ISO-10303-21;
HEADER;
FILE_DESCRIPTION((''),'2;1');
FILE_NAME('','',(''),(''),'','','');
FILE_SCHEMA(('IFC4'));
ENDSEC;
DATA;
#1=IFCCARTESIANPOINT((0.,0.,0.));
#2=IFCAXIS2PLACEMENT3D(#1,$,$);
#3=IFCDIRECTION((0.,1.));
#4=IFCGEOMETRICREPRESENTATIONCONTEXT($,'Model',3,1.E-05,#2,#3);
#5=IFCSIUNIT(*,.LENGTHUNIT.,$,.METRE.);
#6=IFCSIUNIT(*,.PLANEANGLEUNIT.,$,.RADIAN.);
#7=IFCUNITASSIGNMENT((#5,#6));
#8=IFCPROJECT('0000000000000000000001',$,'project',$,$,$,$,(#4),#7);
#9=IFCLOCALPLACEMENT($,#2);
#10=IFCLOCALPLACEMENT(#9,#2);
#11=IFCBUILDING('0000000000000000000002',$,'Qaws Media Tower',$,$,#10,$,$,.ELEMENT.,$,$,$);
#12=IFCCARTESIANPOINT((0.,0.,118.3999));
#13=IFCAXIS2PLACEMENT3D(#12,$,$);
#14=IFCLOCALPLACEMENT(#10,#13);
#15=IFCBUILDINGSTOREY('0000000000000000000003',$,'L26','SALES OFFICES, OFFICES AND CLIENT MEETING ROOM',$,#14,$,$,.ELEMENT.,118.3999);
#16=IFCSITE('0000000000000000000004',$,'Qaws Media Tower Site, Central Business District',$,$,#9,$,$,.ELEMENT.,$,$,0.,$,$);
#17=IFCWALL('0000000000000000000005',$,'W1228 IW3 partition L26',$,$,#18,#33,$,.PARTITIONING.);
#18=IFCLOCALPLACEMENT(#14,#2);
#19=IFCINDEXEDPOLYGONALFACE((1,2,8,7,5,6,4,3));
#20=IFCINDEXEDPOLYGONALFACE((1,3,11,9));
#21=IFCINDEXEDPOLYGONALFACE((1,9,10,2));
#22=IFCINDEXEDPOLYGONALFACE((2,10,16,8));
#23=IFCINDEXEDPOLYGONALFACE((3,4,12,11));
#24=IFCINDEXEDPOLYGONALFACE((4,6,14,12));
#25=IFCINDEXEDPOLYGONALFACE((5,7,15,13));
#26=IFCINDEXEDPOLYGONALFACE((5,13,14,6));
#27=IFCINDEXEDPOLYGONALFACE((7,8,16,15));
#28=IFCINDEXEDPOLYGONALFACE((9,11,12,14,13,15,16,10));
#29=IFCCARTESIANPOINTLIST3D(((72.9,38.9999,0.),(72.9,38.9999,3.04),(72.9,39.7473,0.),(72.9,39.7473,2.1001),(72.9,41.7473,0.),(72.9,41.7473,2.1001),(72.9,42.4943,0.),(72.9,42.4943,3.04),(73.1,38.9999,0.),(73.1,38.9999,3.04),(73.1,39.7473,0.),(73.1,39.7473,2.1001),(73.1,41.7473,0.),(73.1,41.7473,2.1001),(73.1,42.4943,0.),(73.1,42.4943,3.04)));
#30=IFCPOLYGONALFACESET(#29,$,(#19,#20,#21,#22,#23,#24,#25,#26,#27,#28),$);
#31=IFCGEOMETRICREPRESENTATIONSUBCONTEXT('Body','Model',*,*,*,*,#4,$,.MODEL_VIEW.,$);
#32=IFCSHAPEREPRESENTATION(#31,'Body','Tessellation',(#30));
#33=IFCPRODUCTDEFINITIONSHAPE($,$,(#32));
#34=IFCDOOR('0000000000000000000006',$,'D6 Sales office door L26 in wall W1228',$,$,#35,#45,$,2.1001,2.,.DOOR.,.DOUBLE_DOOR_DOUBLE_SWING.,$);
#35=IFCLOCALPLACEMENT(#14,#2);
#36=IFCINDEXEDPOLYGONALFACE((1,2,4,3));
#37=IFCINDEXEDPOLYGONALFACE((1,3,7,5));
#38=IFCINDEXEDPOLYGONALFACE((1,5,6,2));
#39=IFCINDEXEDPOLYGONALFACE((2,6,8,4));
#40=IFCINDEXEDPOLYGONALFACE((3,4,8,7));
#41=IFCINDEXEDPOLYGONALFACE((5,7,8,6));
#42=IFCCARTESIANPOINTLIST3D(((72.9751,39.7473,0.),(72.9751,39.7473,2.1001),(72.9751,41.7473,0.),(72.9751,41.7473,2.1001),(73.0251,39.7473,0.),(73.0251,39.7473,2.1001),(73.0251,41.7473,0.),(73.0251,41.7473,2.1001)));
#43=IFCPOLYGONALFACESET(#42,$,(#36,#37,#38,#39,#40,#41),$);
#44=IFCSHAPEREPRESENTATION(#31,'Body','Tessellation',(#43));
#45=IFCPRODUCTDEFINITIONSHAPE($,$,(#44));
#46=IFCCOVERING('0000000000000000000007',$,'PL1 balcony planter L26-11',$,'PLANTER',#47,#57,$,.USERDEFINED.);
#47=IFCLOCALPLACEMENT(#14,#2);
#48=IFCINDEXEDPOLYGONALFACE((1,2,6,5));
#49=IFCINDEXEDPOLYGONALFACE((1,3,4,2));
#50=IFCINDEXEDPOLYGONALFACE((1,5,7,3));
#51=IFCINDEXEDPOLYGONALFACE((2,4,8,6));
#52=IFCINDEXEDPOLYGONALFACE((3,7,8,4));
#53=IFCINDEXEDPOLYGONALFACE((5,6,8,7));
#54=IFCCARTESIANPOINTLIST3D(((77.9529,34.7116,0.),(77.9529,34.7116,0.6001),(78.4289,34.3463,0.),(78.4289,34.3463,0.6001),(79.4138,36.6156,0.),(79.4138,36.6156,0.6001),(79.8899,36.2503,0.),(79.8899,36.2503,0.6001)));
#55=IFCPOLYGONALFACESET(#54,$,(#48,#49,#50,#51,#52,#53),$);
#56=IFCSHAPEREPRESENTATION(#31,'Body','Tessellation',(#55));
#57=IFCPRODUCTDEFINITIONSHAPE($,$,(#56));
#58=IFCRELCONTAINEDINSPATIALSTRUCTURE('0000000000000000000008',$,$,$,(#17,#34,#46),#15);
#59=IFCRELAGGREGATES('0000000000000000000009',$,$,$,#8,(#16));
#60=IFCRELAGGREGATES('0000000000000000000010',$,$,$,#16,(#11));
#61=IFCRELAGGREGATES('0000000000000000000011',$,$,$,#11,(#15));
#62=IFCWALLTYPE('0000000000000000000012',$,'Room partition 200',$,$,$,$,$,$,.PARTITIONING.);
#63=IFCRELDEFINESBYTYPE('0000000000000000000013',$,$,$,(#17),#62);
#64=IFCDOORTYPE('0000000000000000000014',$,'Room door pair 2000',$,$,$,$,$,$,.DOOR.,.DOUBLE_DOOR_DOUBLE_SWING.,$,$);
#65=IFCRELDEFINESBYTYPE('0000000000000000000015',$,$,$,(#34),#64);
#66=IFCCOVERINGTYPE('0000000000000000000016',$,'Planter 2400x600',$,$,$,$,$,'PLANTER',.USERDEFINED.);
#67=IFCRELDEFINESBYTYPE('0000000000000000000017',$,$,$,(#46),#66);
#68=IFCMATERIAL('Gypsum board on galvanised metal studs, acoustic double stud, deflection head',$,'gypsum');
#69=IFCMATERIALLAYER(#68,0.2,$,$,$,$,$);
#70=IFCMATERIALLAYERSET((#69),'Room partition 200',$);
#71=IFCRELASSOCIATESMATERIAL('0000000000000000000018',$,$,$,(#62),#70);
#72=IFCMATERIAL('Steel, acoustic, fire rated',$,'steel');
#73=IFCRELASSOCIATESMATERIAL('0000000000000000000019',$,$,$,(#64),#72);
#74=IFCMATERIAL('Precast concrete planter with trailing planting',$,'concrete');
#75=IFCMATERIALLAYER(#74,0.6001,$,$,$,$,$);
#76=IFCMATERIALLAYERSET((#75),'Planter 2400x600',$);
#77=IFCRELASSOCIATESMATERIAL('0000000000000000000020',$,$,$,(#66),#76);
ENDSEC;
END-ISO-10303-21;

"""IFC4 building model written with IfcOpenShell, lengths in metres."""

from ifc_helpers import new_model, si_unit, direction, frame, frame_2d, origin, origin_2d, place, context, subcontext, project, spatial, rectangle, extrude, material, layer, layer_set, type_object, element, fill, save


model = new_model("IFC4")

# Units and contexts
model_context = context("Model", 3, precision=1e-05, world=origin(), true_north=direction((0.0, 1.0)))
body_context = subcontext(model_context, "Body", "Model", "MODEL_VIEW")
ifc_project = project(units=[si_unit("LENGTHUNIT", "METRE"), si_unit("PLANEANGLEUNIT", "RADIAN")], contexts=[model_context])

# Site, building, storey
site_placement = place(None, origin())
site = spatial("IfcSite", under=ifc_project, at=site_placement, Name="Qaws Media Tower Site, Central Business District", CompositionType="ELEMENT", RefElevation=0.0)
building_placement = place(site_placement, origin())
building = spatial("IfcBuilding", under=site, at=building_placement, Name="Qaws Media Tower", CompositionType="ELEMENT")
storey_placement = place(building_placement, frame((0.0, 0.0, 118.3999)))
storey = spatial("IfcBuildingStorey", under=building, at=storey_placement, Name="L26", Description="SALES OFFICES, OFFICES AND CLIENT MEETING ROOM", CompositionType="ELEMENT", Elevation=118.3999)

# Shared definitions
ifc_material_1 = material(Name="Gypsum board on galvanised metal studs, acoustic double stud, deflection head", Category="gypsum")
ifc_layer_1 = layer(ifc_material_1, 0.2)
ifc_layer_set_1 = layer_set([ifc_layer_1], Name="Room partition 200")
wall_type = type_object("IfcWallType", Name="Room partition 200", PredefinedType="PARTITIONING", material=ifc_layer_set_1)

# Wall, opening, door
wall_1_placement = place(storey_placement, frame((73.0, 39.0, 0.0), z_axis=(0.0, 0.0, 1.0), x_axis=(0.0, 1.0, 0.0)))
wall_1 = element("IfcWall", 1, at=wall_1_placement, inside=storey, type_object=wall_type, Name="W1228 IW3 partition L26", PredefinedType="PARTITIONING", context=body_context, shape_type="SweptSolid", body=[
    extrude(rectangle(XDim=3.4944, YDim=0.2, at=frame_2d((1.7471, 0.0))), origin(), (0.0, 0.0, 1.0), 3.04),
])
opening_placement = place(wall_1_placement, frame((0.7473, 0.0, 0.0)))
opening = element("IfcOpeningElement", 2, at=opening_placement, cuts=wall_1, PredefinedType="OPENING", context=body_context, shape_type="SweptSolid", body=[
    extrude(rectangle(XDim=2.0, YDim=2.1001, at=frame_2d((1.0, 1.05))), frame((0.0, 0.1099, 0.0), z_axis=(0.0, -1.0, 0.0), x_axis=(1.0, 0.0, 0.0)), (0.0, 0.0, 1.0), 0.22),
])
ifc_material_2 = material(Name="Steel, acoustic, fire rated", Category="steel")
door_type = type_object("IfcDoorType", Name="Room door pair 2000", OperationType="DOUBLE_DOOR_DOUBLE_SWING", PredefinedType="DOOR", material=ifc_material_2)
door_placement = place(opening_placement, origin())
door = element("IfcDoor", 3, at=door_placement, inside=storey, type_object=door_type, Name="D6 Sales office door L26 in wall W1228", OperationType="DOUBLE_DOOR_DOUBLE_SWING", OverallHeight=2.1001, OverallWidth=2.0, PredefinedType="DOOR", context=body_context, shape_type="SweptSolid", body=[
    extrude(rectangle(XDim=2.0, YDim=2.1001, at=frame_2d((1.0, 1.05))), frame((0.0, 0.0249, 0.0), z_axis=(0.0, -1.0, 0.0), x_axis=(1.0, 0.0, 0.0)), (0.0, 0.0, 1.0), 0.05),
])
fill(opening, door)

# Covering
ifc_material_3 = material(Name="Precast concrete planter with trailing planting", Category="concrete")
ifc_layer_2 = layer(ifc_material_3, 0.6001)
ifc_layer_set_2 = layer_set([ifc_layer_2], Name="Planter 2400x600")
covering_type = type_object("IfcCoveringType", Name="Planter 2400x600", ElementType="PLANTER", PredefinedType="USERDEFINED", material=ifc_layer_set_2)
covering_placement = place(storey_placement, frame((78.9214, 35.481, 0.0), z_axis=(0.0, 0.0, 1.0), x_axis=(0.608761, 0.793353, 0.0)))
element("IfcCovering", 4, at=covering_placement, inside=storey, type_object=covering_type, Name="PL1 balcony planter L26-11", ObjectType="PLANTER", PredefinedType="USERDEFINED", context=body_context, shape_type="SweptSolid", body=[
    extrude(rectangle(XDim=2.3999, YDim=0.6001, at=origin_2d()), origin(), (0.0, 0.0, 1.0), 0.6001),
])

save(model, "model.ifc")
